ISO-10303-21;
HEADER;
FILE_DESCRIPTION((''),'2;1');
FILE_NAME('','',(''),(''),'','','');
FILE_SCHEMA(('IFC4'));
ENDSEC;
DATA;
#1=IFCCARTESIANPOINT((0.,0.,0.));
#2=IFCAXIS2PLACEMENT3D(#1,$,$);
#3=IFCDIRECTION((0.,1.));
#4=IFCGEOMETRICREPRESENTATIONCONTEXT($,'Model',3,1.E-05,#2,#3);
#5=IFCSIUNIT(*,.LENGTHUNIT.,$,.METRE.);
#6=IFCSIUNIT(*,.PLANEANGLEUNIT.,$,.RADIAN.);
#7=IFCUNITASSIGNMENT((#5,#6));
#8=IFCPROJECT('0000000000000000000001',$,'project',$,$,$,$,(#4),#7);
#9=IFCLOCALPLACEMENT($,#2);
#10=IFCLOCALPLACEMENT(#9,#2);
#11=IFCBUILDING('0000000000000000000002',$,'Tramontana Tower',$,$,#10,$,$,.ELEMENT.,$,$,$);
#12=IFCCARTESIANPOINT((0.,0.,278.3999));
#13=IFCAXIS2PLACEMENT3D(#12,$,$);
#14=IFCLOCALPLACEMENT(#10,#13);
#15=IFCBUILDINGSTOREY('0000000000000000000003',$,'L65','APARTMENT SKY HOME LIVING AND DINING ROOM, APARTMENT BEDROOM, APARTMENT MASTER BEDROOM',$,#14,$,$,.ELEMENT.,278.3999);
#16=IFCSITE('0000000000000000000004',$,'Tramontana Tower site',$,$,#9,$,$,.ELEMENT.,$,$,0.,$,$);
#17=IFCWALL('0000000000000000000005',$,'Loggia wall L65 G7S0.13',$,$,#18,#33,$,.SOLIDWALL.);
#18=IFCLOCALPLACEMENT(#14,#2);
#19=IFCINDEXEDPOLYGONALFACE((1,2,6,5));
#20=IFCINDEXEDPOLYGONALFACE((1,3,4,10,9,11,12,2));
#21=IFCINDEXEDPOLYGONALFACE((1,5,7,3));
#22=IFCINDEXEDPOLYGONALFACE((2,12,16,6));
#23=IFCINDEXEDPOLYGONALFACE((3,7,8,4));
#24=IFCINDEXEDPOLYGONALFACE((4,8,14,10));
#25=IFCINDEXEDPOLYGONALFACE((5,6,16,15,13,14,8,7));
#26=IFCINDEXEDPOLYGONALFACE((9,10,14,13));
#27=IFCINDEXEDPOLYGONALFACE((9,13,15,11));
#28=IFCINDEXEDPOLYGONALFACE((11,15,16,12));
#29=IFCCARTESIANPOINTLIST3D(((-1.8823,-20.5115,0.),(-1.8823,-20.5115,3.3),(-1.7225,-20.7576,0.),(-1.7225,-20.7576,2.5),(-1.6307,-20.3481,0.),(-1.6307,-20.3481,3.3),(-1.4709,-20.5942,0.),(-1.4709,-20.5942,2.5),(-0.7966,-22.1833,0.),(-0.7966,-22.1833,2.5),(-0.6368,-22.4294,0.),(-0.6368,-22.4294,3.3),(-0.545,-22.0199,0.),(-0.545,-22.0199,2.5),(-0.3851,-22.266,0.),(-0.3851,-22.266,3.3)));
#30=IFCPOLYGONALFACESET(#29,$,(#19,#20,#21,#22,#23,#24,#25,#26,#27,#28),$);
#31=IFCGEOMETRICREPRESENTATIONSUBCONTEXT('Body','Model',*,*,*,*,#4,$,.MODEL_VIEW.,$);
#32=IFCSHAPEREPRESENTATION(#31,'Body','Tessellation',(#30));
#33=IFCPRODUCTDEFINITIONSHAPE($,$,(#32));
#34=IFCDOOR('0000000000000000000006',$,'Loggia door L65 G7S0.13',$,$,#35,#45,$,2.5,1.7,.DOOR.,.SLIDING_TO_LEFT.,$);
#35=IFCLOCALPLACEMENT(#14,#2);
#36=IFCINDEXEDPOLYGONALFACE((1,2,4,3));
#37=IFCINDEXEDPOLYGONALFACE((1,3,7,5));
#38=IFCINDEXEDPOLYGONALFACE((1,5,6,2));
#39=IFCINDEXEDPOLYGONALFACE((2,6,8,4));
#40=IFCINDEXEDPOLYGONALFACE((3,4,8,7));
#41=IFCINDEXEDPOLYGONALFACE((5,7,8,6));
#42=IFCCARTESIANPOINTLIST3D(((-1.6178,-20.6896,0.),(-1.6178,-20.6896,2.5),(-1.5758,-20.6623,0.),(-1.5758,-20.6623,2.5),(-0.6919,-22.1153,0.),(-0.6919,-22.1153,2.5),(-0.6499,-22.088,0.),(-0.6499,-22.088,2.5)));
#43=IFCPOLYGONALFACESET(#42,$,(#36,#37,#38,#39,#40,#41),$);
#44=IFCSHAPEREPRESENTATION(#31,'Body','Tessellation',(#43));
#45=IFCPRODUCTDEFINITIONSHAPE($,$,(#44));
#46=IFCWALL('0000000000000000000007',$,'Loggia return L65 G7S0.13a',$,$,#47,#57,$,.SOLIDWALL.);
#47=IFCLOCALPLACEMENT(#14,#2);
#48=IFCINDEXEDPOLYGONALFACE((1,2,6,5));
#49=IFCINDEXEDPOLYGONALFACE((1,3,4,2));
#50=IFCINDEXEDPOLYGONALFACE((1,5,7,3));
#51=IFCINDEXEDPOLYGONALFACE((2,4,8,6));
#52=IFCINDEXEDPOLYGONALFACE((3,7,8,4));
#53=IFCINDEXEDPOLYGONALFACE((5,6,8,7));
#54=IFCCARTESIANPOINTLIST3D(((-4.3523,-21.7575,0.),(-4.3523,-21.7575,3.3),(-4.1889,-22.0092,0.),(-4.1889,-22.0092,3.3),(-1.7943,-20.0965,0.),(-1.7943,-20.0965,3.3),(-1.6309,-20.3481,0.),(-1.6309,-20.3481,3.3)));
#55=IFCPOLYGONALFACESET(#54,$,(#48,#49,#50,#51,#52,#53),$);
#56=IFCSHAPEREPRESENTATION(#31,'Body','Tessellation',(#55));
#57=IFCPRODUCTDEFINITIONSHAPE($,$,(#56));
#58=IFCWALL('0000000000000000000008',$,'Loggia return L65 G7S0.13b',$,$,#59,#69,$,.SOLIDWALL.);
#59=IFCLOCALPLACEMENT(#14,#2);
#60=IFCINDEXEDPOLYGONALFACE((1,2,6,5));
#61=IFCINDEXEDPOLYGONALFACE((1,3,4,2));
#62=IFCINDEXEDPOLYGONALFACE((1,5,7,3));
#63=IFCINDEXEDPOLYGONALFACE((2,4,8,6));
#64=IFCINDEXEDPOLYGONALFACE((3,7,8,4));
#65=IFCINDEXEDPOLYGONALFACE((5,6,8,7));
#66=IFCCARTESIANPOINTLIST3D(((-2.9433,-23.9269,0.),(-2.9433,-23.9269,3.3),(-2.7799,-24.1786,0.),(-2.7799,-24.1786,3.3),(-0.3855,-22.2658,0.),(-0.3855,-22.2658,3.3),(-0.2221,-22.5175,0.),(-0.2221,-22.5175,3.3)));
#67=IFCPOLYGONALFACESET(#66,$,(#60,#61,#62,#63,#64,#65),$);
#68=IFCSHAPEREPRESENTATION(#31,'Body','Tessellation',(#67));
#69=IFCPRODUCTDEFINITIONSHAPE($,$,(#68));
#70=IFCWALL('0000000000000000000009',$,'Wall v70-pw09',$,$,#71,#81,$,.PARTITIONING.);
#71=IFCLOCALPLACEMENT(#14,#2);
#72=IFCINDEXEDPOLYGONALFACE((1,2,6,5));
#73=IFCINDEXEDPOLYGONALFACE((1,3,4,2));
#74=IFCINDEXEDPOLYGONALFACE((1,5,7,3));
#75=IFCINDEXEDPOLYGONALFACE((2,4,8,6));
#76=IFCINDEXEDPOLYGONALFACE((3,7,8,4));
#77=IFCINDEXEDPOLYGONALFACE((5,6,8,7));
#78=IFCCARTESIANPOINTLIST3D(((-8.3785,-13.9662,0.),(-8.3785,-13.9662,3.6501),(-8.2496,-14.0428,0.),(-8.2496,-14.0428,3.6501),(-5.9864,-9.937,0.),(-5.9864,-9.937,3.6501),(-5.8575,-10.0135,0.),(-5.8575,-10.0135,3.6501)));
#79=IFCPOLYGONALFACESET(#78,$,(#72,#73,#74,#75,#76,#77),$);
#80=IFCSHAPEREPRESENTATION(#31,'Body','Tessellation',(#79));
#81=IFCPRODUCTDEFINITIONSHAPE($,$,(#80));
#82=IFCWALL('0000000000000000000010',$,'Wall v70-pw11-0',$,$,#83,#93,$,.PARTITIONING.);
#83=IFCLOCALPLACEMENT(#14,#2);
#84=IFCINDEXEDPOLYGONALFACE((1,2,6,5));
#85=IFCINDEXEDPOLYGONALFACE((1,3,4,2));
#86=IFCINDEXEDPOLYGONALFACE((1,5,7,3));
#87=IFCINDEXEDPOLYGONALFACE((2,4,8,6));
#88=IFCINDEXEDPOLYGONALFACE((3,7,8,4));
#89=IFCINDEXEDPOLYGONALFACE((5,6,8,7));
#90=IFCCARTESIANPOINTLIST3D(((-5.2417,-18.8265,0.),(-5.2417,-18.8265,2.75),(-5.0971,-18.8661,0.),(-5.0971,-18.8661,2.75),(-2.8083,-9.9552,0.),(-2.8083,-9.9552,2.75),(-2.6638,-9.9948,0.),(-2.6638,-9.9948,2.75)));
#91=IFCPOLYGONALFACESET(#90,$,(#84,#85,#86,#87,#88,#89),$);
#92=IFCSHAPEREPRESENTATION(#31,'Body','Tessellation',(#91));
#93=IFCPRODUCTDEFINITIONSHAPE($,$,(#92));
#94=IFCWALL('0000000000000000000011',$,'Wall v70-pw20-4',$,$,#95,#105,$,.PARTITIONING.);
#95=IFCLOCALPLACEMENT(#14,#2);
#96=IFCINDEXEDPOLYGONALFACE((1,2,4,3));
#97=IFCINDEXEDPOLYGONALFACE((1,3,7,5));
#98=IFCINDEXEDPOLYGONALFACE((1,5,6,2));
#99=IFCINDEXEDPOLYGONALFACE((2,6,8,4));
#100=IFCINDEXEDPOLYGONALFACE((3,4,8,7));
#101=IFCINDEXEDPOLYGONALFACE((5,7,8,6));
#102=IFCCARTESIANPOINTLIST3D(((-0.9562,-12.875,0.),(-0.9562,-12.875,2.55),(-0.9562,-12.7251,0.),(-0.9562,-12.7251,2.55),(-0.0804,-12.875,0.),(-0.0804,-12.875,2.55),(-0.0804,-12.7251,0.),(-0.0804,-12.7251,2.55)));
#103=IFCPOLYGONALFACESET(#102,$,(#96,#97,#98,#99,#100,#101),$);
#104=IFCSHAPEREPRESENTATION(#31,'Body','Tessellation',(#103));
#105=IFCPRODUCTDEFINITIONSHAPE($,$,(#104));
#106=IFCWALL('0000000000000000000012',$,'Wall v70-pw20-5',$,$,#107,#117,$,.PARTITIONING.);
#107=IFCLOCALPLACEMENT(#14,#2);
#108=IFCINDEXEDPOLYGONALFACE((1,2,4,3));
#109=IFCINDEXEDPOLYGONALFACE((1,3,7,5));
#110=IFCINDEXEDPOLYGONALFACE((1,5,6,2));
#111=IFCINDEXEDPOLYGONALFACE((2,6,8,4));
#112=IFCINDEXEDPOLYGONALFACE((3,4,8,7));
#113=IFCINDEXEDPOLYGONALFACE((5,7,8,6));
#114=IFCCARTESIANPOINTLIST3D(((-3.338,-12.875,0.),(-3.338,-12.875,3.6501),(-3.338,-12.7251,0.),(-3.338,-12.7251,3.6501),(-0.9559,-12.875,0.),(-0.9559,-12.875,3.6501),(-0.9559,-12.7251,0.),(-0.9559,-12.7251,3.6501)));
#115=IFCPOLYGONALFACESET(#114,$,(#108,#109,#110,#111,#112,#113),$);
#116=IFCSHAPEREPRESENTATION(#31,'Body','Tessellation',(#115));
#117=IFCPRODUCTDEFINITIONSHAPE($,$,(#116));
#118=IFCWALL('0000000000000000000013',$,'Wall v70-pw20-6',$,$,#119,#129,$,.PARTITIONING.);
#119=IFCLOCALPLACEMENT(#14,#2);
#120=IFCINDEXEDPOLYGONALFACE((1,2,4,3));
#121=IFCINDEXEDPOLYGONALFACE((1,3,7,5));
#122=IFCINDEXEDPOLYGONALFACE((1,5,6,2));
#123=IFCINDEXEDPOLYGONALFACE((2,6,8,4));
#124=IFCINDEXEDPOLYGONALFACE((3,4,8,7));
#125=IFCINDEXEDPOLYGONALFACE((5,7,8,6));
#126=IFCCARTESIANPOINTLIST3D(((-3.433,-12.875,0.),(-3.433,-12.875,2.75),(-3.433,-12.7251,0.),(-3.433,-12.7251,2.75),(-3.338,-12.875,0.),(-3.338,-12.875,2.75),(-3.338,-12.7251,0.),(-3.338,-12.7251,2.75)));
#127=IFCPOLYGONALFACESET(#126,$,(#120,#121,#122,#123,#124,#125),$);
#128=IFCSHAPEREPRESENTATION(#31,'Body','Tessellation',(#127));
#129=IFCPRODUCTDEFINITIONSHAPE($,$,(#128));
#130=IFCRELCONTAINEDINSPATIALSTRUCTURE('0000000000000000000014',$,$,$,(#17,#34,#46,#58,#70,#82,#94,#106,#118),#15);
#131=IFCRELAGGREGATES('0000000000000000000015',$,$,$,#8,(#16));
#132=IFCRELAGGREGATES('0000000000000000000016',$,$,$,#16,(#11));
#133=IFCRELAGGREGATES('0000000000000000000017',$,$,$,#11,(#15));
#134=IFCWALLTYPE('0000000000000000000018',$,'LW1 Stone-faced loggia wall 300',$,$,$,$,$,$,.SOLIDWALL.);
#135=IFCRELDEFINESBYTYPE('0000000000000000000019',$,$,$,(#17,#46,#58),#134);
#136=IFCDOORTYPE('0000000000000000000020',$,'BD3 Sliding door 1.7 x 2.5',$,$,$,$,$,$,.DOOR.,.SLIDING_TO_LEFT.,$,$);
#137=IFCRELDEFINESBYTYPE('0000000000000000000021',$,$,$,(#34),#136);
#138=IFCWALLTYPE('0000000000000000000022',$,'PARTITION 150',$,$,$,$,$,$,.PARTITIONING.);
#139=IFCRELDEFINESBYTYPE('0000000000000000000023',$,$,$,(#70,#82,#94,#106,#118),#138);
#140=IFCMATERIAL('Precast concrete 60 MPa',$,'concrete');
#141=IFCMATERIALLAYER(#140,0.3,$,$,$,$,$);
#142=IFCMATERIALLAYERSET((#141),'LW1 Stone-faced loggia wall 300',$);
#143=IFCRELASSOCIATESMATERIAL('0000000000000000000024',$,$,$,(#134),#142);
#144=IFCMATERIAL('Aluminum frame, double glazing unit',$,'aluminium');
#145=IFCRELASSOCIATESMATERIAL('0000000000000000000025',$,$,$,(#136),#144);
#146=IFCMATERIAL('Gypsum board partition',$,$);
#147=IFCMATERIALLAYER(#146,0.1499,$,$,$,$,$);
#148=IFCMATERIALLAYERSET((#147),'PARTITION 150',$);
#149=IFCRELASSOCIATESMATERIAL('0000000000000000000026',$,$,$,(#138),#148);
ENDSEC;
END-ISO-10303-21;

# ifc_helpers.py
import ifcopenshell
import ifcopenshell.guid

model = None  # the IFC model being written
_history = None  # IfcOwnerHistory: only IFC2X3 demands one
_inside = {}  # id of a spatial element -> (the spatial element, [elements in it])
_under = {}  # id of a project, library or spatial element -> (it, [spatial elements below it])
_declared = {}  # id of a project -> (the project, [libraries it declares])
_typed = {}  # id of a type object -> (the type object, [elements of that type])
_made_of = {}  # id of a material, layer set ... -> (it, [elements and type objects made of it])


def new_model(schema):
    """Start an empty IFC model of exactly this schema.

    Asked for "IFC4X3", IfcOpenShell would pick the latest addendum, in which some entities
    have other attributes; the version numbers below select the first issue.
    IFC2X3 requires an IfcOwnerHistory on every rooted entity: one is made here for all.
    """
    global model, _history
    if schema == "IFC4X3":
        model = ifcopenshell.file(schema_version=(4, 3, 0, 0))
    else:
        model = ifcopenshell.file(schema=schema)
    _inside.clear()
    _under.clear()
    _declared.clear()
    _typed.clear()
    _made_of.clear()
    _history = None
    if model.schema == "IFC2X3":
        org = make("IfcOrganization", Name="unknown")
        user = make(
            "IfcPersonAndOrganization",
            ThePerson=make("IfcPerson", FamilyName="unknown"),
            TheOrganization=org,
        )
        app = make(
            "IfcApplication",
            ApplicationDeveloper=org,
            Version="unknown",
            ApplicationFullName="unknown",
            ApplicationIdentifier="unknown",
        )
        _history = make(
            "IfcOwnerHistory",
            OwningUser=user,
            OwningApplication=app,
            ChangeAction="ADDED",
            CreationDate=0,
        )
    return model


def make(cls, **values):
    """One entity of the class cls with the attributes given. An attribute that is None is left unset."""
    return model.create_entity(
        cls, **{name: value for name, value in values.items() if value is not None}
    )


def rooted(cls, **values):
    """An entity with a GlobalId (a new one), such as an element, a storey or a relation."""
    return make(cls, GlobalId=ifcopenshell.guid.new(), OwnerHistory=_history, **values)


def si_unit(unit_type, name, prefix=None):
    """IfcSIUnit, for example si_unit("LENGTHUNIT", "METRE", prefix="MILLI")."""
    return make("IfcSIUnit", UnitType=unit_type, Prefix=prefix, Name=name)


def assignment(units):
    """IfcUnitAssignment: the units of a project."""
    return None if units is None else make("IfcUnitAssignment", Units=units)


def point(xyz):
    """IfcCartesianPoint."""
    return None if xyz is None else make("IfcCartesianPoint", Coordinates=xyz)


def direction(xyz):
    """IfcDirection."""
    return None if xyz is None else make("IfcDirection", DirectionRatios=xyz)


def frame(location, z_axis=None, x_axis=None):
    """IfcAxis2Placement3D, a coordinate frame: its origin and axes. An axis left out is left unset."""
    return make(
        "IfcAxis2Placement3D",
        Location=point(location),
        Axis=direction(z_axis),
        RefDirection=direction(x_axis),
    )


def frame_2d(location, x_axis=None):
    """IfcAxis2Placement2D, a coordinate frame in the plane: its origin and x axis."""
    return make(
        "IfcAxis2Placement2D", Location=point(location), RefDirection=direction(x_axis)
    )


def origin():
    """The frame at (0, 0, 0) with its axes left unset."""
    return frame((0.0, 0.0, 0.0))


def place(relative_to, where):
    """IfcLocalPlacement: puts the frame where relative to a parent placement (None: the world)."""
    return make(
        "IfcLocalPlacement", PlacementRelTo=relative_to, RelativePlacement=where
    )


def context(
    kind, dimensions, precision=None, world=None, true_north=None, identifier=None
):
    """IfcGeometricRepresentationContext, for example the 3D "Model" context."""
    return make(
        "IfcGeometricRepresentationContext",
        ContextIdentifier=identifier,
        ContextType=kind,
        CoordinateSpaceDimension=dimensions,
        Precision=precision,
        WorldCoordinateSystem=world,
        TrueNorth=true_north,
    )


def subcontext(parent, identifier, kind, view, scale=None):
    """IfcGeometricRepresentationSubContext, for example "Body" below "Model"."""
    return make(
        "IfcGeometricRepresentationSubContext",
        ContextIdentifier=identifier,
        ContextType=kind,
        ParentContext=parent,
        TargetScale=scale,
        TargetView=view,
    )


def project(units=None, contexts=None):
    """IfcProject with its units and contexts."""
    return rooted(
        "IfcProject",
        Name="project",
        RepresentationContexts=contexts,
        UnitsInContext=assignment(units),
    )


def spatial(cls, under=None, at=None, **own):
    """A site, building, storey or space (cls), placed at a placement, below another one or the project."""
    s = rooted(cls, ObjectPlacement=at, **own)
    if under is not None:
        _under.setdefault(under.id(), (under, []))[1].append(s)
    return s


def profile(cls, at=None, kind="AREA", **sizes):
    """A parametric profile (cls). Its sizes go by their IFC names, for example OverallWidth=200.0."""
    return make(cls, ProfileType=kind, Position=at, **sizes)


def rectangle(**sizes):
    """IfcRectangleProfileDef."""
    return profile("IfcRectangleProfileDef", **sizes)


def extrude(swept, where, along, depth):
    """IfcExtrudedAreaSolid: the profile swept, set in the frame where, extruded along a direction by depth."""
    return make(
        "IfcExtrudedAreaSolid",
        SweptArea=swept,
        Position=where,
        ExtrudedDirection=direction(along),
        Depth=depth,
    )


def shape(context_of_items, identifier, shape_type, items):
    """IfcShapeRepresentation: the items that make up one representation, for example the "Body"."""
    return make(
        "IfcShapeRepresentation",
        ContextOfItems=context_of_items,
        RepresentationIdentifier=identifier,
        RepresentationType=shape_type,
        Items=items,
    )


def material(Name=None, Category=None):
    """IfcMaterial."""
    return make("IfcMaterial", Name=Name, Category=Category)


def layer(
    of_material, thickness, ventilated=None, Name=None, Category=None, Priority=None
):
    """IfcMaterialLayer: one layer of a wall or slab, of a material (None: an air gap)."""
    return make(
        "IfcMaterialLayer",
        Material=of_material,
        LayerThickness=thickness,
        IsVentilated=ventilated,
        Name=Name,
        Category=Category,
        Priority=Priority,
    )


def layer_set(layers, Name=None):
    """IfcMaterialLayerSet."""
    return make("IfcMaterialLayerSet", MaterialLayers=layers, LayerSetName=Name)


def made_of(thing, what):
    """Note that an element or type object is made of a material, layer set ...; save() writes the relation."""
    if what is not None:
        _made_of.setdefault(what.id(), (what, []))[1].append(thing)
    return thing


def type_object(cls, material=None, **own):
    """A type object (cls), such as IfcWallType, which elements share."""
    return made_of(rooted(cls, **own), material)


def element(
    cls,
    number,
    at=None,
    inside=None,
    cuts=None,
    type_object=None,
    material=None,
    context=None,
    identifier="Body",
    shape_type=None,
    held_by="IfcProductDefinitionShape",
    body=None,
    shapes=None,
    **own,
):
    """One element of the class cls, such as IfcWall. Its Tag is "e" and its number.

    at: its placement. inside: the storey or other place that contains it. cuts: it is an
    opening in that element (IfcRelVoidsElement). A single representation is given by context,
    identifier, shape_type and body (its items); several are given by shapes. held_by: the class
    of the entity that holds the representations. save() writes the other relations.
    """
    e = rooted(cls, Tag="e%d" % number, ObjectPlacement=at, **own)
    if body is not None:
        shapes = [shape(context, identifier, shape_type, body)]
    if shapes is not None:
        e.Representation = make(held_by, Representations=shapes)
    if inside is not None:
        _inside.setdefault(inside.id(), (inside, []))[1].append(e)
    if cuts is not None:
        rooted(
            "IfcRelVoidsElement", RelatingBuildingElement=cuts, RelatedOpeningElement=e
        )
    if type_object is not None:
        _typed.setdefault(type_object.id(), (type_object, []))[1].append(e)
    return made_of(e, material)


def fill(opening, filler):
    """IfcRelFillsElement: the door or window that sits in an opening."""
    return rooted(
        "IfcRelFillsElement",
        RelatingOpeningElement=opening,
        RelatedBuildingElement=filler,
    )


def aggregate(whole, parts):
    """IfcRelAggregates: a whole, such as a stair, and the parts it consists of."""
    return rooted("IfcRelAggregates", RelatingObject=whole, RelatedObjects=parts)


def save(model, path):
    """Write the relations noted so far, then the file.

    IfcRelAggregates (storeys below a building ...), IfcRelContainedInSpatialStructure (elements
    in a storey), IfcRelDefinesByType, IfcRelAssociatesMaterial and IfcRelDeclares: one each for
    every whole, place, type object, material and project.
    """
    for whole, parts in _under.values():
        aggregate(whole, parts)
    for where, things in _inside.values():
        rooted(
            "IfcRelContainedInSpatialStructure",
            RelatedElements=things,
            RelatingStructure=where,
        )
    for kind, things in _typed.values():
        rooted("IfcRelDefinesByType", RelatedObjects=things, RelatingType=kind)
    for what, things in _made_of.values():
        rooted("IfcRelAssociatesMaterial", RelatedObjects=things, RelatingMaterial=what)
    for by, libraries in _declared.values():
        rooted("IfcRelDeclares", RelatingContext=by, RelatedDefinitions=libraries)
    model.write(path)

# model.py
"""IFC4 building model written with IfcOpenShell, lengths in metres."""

from ifc_helpers import new_model, si_unit, direction, frame, frame_2d, origin, place, context, subcontext, project, spatial, rectangle, extrude, material, layer, layer_set, type_object, element, fill, save


model = new_model("IFC4")

# Units and contexts
model_context = context("Model", 3, precision=1e-05, world=origin(), true_north=direction((0.0, 1.0)))
body_context = subcontext(model_context, "Body", "Model", "MODEL_VIEW")
ifc_project = project(units=[si_unit("LENGTHUNIT", "METRE"), si_unit("PLANEANGLEUNIT", "RADIAN")], contexts=[model_context])

# Site, building, storey
site_placement = place(None, origin())
site = spatial("IfcSite", under=ifc_project, at=site_placement, Name="Tramontana Tower site", CompositionType="ELEMENT", RefElevation=0.0)
building_placement = place(site_placement, origin())
building = spatial("IfcBuilding", under=site, at=building_placement, Name="Tramontana Tower", CompositionType="ELEMENT")
storey_placement = place(building_placement, frame((0.0, 0.0, 278.3999)))
storey = spatial("IfcBuildingStorey", under=building, at=storey_placement, Name="L65", Description="APARTMENT SKY HOME LIVING AND DINING ROOM, APARTMENT BEDROOM, APARTMENT MASTER BEDROOM", CompositionType="ELEMENT", Elevation=278.3999)

# Wall, opening, door
ifc_material_1 = material(Name="Precast concrete 60 MPa", Category="concrete")
ifc_layer_1 = layer(ifc_material_1, 0.3)
ifc_layer_set_1 = layer_set([ifc_layer_1], Name="LW1 Stone-faced loggia wall 300")
wall_type_1 = type_object("IfcWallType", Name="LW1 Stone-faced loggia wall 300", PredefinedType="SOLIDWALL", material=ifc_layer_set_1)
wall_1_placement = place(storey_placement, frame((-1.7566, -20.4297, 0.0), z_axis=(0.0, 0.0, 1.0), x_axis=(0.544658, -0.838658, 0.0)))
wall_1 = element("IfcWall", 1, at=wall_1_placement, inside=storey, type_object=wall_type_1, Name="Loggia wall L65 G7S0.13", PredefinedType="SOLIDWALL", context=body_context, shape_type="SweptSolid", body=[
    extrude(rectangle(XDim=2.2869, YDim=0.3, at=frame_2d((1.1436, 0.0))), origin(), (0.0, 0.0, 1.0), 3.3),
])
opening_1_placement = place(wall_1_placement, frame((0.2935, 0.0, 0.0)))
opening_1 = element("IfcOpeningElement", 2, at=opening_1_placement, cuts=wall_1, PredefinedType="OPENING", context=body_context, shape_type="SweptSolid", body=[
    extrude(rectangle(XDim=1.7, YDim=2.5, at=frame_2d((0.8501, 1.25))), frame((0.0, 0.1599, 0.0), z_axis=(0.0, -1.0, 0.0), x_axis=(1.0, 0.0, 0.0)), (0.0, 0.0, 1.0), 0.3201),
])
ifc_material_2 = material(Name="Aluminum frame, double glazing unit", Category="aluminium")
door_type = type_object("IfcDoorType", Name="BD3 Sliding door 1.7 x 2.5", OperationType="SLIDING_TO_LEFT", PredefinedType="DOOR", material=ifc_material_2)
door_placement = place(opening_1_placement, origin())
door = element("IfcDoor", 3, at=door_placement, inside=storey, type_object=door_type, Name="Loggia door L65 G7S0.13", OperationType="SLIDING_TO_LEFT", OverallHeight=2.5, OverallWidth=1.7, PredefinedType="DOOR", context=body_context, shape_type="SweptSolid", body=[
    extrude(rectangle(XDim=1.7, YDim=2.5, at=frame_2d((0.8501, 1.25))), frame((0.0, 0.0249, 0.0), z_axis=(0.0, -1.0, 0.0), x_axis=(1.0, 0.0, 0.0)), (0.0, 0.0, 1.0), 0.05),
])
fill(opening_1, door)

# Walls
wall_2_placement = place(storey_placement, frame((-4.2705, -21.8833, 0.0), z_axis=(0.0, 0.0, 1.0), x_axis=(0.838689, 0.544611, 0.0)))
element("IfcWall", 4, at=wall_2_placement, inside=storey, type_object=wall_type_1, Name="Loggia return L65 G7S0.13a", PredefinedType="SOLIDWALL", context=body_context, shape_type="SweptSolid", body=[
    extrude(rectangle(XDim=3.05, YDim=0.3, at=frame_2d((1.5249, 0.0))), origin(), (0.0, 0.0, 1.0), 3.3),
])
wall_3_placement = place(storey_placement, frame((-2.8616, -24.0527, 0.0), z_axis=(0.0, 0.0, 1.0), x_axis=(0.838665, 0.544648, 0.0)))
element("IfcWall", 5, at=wall_3_placement, inside=storey, type_object=wall_type_1, Name="Loggia return L65 G7S0.13b", PredefinedType="SOLIDWALL", context=body_context, shape_type="SweptSolid", body=[
    extrude(rectangle(XDim=3.0498, YDim=0.3, at=frame_2d((1.5249, 0.0))), origin(), (0.0, 0.0, 1.0), 3.3),
])
ifc_material_3 = material(Name="Gypsum board partition")
ifc_layer_2 = layer(ifc_material_3, 0.1499)
ifc_layer_set_2 = layer_set([ifc_layer_2], Name="PARTITION 150")
wall_type_2 = type_object("IfcWallType", Name="PARTITION 150", PredefinedType="PARTITIONING", material=ifc_layer_set_2)
wall_4_placement = place(storey_placement, frame((-8.314, -14.0044, 0.0), z_axis=(0.0, 0.0, 1.0), x_axis=(0.510491, 0.859883, 0.0)))
element("IfcWall", 6, at=wall_4_placement, inside=storey, type_object=wall_type_2, Name="Wall v70-pw09", PredefinedType="PARTITIONING", context=body_context, shape_type="SweptSolid", body=[
    extrude(rectangle(XDim=4.6858, YDim=0.1499, at=frame_2d((2.3428, 0.0))), origin(), (0.0, 0.0, 1.0), 3.6501),
])
wall_5_placement = place(storey_placement, frame((-5.1694, -18.8464, 0.0), z_axis=(0.0, 0.0, 1.0), x_axis=(0.264523, 0.964379, 0.0)))
element("IfcWall", 7, at=wall_5_placement, inside=storey, type_object=wall_type_2, Name="Wall v70-pw11-0", PredefinedType="PARTITIONING", context=body_context, shape_type="SweptSolid", body=[
    extrude(rectangle(XDim=9.199, YDim=0.1499, at=frame_2d((4.5996, 0.0))), origin(), (0.0, 0.0, 1.0), 2.75),
])
wall_6_placement = place(storey_placement, frame((-0.0803, -12.8, 0.0), z_axis=(0.0, 0.0, 1.0), x_axis=(-1.0, 0.0, 0.0)))
element("IfcWall", 8, at=wall_6_placement, inside=storey, type_object=wall_type_2, Name="Wall v70-pw20-4", PredefinedType="PARTITIONING", context=body_context, shape_type="SweptSolid", body=[
    extrude(rectangle(XDim=0.8757, YDim=0.1499, at=frame_2d((0.438, 0.0))), origin(), (0.0, 0.0, 1.0), 2.55),
])
wall_7_placement = place(storey_placement, frame((-0.9561, -12.8, 0.0), z_axis=(0.0, 0.0, 1.0), x_axis=(-1.0, 0.0, 0.0)))
element("IfcWall", 9, at=wall_7_placement, inside=storey, type_object=wall_type_2, Name="Wall v70-pw20-5", PredefinedType="PARTITIONING", context=body_context, shape_type="SweptSolid", body=[
    extrude(rectangle(XDim=2.3821, YDim=0.1499, at=frame_2d((1.1909, 0.0))), origin(), (0.0, 0.0, 1.0), 3.6501),
])
wall_8_placement = place(storey_placement, frame((-3.3381, -12.8, 0.0), z_axis=(0.0, 0.0, 1.0), x_axis=(-1.0, 0.0, 0.0)))
element("IfcWall", 10, at=wall_8_placement, inside=storey, type_object=wall_type_2, Name="Wall v70-pw20-6", PredefinedType="PARTITIONING", context=body_context, shape_type="SweptSolid", body=[
    extrude(rectangle(XDim=0.095, YDim=0.1499, at=frame_2d((0.0474, 0.0))), origin(), (0.0, 0.0, 1.0), 2.75),
])

save(model, "model.ifc")
